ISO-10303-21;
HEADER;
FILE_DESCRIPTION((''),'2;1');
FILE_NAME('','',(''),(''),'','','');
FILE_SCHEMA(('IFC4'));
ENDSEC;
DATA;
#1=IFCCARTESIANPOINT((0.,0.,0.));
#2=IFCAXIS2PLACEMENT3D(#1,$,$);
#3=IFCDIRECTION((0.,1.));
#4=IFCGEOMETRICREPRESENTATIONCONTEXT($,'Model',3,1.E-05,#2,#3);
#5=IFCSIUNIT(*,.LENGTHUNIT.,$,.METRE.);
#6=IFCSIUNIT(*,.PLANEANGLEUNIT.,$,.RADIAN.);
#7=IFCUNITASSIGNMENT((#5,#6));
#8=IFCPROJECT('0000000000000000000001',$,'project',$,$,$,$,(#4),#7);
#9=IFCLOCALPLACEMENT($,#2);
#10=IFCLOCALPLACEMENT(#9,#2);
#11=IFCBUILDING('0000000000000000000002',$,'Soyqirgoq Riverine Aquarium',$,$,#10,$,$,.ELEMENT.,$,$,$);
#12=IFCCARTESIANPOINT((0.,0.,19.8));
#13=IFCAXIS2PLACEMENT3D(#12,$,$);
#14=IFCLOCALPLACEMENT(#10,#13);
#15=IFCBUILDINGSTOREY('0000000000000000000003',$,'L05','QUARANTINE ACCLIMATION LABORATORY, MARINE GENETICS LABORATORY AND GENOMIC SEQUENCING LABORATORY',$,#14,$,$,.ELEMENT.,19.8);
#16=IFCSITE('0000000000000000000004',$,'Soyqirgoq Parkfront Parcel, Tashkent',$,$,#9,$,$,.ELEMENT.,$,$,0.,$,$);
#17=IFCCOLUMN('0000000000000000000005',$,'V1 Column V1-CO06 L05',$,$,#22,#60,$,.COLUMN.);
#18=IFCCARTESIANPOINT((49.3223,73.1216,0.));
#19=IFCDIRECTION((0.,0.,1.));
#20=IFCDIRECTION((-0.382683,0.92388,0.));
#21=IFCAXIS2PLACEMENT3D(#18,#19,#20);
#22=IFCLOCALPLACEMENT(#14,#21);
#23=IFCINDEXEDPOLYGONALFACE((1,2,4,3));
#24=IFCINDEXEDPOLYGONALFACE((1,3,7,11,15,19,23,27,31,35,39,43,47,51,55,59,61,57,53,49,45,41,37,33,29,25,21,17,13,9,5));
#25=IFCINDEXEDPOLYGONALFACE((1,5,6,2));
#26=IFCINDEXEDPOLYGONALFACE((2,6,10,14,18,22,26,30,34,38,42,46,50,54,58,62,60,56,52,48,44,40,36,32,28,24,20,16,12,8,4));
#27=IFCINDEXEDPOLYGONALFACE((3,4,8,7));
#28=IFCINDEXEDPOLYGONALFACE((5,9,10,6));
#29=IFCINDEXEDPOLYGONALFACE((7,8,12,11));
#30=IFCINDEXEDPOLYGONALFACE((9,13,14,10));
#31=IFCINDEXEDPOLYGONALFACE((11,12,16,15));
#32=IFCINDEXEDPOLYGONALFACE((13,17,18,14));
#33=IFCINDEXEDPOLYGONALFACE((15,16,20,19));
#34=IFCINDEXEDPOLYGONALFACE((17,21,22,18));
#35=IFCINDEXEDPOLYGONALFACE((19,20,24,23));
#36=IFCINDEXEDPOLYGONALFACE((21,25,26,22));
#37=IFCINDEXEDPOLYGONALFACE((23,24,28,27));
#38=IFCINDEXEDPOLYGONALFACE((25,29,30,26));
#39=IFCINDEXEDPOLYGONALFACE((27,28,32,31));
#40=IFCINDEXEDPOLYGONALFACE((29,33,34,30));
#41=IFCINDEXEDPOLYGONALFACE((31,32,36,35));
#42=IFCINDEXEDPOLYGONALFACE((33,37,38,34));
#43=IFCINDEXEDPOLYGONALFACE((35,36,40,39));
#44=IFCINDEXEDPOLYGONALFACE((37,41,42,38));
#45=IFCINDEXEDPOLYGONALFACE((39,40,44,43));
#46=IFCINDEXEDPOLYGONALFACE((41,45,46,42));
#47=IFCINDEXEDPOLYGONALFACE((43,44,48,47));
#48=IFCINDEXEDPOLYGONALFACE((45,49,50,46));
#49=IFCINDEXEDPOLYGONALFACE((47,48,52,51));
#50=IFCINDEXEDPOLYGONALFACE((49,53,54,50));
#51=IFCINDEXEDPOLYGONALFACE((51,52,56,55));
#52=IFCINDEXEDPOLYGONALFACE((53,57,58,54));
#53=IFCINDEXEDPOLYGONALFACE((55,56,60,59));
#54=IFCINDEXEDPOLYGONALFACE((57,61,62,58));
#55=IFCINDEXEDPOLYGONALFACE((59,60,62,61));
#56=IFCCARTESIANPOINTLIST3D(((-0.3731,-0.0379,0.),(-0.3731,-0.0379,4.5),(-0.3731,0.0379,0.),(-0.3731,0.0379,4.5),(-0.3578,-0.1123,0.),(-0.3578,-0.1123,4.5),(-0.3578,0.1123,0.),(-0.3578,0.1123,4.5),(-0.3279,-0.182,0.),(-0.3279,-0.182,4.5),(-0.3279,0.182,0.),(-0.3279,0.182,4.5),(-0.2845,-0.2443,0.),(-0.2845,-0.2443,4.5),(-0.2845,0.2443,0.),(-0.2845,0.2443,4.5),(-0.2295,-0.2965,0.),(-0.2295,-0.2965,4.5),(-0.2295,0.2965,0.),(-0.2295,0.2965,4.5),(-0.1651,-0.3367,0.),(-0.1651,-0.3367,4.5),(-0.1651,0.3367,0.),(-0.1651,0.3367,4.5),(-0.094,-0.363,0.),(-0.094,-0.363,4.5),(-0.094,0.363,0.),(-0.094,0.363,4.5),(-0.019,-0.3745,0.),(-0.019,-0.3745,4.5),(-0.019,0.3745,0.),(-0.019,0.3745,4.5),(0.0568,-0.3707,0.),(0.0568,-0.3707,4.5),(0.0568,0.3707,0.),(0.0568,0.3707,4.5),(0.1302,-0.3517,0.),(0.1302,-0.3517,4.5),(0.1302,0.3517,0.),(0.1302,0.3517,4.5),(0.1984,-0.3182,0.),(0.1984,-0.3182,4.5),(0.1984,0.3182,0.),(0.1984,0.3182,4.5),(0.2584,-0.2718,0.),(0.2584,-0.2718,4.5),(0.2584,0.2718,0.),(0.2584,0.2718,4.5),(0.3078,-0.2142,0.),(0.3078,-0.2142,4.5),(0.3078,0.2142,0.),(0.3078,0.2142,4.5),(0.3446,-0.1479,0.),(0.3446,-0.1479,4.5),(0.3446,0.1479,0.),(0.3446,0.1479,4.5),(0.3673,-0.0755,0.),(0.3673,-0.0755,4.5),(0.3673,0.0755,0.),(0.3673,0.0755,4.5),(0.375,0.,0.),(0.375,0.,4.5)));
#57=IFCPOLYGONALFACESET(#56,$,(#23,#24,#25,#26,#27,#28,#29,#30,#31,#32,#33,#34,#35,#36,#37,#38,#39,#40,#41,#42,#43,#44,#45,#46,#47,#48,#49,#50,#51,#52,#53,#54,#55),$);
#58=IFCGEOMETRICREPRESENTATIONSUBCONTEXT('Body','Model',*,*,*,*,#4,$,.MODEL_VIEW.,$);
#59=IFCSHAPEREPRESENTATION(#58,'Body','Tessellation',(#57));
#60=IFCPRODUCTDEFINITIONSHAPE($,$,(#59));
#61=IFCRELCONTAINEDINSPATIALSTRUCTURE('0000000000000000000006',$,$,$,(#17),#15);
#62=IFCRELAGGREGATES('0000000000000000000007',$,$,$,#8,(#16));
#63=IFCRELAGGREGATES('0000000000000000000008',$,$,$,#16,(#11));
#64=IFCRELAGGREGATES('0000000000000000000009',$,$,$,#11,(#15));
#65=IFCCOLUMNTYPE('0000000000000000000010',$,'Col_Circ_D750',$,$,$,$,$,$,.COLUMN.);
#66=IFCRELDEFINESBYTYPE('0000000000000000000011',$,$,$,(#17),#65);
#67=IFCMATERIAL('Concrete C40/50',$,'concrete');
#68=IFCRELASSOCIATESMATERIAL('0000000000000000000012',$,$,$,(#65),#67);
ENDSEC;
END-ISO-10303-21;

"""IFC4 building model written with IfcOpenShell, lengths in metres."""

from ifc_helpers import new_model, si_unit, direction, frame, origin, origin_2d, place, context, subcontext, project, spatial, circle, extrude, material, material_profile, profile_set, type_object, element, save


model = new_model("IFC4")

# Units and contexts
model_context = context("Model", 3, precision=1e-05, world=origin(), true_north=direction((0.0, 1.0)))
body_context = subcontext(model_context, "Body", "Model", "MODEL_VIEW")
ifc_project = project(units=[si_unit("LENGTHUNIT", "METRE"), si_unit("PLANEANGLEUNIT", "RADIAN")], contexts=[model_context])

# Site, building, storey
site_placement = place(None, origin())
site = spatial("IfcSite", under=ifc_project, at=site_placement, Name="Soyqirgoq Parkfront Parcel, Tashkent", CompositionType="ELEMENT", RefElevation=0.0)
building_placement = place(site_placement, origin())
building = spatial("IfcBuilding", under=site, at=building_placement, Name="Soyqirgoq Riverine Aquarium", CompositionType="ELEMENT")
storey_placement = place(building_placement, frame((0.0, 0.0, 19.8)))
storey = spatial("IfcBuildingStorey", under=building, at=storey_placement, Name="L05", Description="QUARANTINE ACCLIMATION LABORATORY, MARINE GENETICS LABORATORY AND GENOMIC SEQUENCING LABORATORY", CompositionType="ELEMENT", Elevation=19.8)

# Column
ifc_material_1 = material(Name="Concrete C40/50", Category="concrete")
ifc_material_profile_1 = material_profile(ifc_material_1, circle(Radius=0.375, at=origin_2d()), Name="RC-COL D750")
ifc_profile_set_1 = profile_set([ifc_material_profile_1], Name="Concrete C40/50")
column_type_1 = type_object("IfcColumnType", Name="Col_Circ_D750", PredefinedType="COLUMN", material=ifc_profile_set_1)
column_1_placement = place(storey_placement, frame((49.3223, 73.1216, 0.0), z_axis=(0.0, 0.0, 1.0), x_axis=(-0.382683, 0.92388, 0.0)))
element("IfcColumn", 1, at=column_1_placement, inside=storey, type_object=column_type_1, Name="V1 Column V1-CO06 L05", PredefinedType="COLUMN", context=body_context, shape_type="SweptSolid", body=[
    extrude(circle(Radius=0.375, at=origin_2d()), origin(), (0.0, 0.0, 1.0), 4.5),
])

save(model, "model.ifc")
